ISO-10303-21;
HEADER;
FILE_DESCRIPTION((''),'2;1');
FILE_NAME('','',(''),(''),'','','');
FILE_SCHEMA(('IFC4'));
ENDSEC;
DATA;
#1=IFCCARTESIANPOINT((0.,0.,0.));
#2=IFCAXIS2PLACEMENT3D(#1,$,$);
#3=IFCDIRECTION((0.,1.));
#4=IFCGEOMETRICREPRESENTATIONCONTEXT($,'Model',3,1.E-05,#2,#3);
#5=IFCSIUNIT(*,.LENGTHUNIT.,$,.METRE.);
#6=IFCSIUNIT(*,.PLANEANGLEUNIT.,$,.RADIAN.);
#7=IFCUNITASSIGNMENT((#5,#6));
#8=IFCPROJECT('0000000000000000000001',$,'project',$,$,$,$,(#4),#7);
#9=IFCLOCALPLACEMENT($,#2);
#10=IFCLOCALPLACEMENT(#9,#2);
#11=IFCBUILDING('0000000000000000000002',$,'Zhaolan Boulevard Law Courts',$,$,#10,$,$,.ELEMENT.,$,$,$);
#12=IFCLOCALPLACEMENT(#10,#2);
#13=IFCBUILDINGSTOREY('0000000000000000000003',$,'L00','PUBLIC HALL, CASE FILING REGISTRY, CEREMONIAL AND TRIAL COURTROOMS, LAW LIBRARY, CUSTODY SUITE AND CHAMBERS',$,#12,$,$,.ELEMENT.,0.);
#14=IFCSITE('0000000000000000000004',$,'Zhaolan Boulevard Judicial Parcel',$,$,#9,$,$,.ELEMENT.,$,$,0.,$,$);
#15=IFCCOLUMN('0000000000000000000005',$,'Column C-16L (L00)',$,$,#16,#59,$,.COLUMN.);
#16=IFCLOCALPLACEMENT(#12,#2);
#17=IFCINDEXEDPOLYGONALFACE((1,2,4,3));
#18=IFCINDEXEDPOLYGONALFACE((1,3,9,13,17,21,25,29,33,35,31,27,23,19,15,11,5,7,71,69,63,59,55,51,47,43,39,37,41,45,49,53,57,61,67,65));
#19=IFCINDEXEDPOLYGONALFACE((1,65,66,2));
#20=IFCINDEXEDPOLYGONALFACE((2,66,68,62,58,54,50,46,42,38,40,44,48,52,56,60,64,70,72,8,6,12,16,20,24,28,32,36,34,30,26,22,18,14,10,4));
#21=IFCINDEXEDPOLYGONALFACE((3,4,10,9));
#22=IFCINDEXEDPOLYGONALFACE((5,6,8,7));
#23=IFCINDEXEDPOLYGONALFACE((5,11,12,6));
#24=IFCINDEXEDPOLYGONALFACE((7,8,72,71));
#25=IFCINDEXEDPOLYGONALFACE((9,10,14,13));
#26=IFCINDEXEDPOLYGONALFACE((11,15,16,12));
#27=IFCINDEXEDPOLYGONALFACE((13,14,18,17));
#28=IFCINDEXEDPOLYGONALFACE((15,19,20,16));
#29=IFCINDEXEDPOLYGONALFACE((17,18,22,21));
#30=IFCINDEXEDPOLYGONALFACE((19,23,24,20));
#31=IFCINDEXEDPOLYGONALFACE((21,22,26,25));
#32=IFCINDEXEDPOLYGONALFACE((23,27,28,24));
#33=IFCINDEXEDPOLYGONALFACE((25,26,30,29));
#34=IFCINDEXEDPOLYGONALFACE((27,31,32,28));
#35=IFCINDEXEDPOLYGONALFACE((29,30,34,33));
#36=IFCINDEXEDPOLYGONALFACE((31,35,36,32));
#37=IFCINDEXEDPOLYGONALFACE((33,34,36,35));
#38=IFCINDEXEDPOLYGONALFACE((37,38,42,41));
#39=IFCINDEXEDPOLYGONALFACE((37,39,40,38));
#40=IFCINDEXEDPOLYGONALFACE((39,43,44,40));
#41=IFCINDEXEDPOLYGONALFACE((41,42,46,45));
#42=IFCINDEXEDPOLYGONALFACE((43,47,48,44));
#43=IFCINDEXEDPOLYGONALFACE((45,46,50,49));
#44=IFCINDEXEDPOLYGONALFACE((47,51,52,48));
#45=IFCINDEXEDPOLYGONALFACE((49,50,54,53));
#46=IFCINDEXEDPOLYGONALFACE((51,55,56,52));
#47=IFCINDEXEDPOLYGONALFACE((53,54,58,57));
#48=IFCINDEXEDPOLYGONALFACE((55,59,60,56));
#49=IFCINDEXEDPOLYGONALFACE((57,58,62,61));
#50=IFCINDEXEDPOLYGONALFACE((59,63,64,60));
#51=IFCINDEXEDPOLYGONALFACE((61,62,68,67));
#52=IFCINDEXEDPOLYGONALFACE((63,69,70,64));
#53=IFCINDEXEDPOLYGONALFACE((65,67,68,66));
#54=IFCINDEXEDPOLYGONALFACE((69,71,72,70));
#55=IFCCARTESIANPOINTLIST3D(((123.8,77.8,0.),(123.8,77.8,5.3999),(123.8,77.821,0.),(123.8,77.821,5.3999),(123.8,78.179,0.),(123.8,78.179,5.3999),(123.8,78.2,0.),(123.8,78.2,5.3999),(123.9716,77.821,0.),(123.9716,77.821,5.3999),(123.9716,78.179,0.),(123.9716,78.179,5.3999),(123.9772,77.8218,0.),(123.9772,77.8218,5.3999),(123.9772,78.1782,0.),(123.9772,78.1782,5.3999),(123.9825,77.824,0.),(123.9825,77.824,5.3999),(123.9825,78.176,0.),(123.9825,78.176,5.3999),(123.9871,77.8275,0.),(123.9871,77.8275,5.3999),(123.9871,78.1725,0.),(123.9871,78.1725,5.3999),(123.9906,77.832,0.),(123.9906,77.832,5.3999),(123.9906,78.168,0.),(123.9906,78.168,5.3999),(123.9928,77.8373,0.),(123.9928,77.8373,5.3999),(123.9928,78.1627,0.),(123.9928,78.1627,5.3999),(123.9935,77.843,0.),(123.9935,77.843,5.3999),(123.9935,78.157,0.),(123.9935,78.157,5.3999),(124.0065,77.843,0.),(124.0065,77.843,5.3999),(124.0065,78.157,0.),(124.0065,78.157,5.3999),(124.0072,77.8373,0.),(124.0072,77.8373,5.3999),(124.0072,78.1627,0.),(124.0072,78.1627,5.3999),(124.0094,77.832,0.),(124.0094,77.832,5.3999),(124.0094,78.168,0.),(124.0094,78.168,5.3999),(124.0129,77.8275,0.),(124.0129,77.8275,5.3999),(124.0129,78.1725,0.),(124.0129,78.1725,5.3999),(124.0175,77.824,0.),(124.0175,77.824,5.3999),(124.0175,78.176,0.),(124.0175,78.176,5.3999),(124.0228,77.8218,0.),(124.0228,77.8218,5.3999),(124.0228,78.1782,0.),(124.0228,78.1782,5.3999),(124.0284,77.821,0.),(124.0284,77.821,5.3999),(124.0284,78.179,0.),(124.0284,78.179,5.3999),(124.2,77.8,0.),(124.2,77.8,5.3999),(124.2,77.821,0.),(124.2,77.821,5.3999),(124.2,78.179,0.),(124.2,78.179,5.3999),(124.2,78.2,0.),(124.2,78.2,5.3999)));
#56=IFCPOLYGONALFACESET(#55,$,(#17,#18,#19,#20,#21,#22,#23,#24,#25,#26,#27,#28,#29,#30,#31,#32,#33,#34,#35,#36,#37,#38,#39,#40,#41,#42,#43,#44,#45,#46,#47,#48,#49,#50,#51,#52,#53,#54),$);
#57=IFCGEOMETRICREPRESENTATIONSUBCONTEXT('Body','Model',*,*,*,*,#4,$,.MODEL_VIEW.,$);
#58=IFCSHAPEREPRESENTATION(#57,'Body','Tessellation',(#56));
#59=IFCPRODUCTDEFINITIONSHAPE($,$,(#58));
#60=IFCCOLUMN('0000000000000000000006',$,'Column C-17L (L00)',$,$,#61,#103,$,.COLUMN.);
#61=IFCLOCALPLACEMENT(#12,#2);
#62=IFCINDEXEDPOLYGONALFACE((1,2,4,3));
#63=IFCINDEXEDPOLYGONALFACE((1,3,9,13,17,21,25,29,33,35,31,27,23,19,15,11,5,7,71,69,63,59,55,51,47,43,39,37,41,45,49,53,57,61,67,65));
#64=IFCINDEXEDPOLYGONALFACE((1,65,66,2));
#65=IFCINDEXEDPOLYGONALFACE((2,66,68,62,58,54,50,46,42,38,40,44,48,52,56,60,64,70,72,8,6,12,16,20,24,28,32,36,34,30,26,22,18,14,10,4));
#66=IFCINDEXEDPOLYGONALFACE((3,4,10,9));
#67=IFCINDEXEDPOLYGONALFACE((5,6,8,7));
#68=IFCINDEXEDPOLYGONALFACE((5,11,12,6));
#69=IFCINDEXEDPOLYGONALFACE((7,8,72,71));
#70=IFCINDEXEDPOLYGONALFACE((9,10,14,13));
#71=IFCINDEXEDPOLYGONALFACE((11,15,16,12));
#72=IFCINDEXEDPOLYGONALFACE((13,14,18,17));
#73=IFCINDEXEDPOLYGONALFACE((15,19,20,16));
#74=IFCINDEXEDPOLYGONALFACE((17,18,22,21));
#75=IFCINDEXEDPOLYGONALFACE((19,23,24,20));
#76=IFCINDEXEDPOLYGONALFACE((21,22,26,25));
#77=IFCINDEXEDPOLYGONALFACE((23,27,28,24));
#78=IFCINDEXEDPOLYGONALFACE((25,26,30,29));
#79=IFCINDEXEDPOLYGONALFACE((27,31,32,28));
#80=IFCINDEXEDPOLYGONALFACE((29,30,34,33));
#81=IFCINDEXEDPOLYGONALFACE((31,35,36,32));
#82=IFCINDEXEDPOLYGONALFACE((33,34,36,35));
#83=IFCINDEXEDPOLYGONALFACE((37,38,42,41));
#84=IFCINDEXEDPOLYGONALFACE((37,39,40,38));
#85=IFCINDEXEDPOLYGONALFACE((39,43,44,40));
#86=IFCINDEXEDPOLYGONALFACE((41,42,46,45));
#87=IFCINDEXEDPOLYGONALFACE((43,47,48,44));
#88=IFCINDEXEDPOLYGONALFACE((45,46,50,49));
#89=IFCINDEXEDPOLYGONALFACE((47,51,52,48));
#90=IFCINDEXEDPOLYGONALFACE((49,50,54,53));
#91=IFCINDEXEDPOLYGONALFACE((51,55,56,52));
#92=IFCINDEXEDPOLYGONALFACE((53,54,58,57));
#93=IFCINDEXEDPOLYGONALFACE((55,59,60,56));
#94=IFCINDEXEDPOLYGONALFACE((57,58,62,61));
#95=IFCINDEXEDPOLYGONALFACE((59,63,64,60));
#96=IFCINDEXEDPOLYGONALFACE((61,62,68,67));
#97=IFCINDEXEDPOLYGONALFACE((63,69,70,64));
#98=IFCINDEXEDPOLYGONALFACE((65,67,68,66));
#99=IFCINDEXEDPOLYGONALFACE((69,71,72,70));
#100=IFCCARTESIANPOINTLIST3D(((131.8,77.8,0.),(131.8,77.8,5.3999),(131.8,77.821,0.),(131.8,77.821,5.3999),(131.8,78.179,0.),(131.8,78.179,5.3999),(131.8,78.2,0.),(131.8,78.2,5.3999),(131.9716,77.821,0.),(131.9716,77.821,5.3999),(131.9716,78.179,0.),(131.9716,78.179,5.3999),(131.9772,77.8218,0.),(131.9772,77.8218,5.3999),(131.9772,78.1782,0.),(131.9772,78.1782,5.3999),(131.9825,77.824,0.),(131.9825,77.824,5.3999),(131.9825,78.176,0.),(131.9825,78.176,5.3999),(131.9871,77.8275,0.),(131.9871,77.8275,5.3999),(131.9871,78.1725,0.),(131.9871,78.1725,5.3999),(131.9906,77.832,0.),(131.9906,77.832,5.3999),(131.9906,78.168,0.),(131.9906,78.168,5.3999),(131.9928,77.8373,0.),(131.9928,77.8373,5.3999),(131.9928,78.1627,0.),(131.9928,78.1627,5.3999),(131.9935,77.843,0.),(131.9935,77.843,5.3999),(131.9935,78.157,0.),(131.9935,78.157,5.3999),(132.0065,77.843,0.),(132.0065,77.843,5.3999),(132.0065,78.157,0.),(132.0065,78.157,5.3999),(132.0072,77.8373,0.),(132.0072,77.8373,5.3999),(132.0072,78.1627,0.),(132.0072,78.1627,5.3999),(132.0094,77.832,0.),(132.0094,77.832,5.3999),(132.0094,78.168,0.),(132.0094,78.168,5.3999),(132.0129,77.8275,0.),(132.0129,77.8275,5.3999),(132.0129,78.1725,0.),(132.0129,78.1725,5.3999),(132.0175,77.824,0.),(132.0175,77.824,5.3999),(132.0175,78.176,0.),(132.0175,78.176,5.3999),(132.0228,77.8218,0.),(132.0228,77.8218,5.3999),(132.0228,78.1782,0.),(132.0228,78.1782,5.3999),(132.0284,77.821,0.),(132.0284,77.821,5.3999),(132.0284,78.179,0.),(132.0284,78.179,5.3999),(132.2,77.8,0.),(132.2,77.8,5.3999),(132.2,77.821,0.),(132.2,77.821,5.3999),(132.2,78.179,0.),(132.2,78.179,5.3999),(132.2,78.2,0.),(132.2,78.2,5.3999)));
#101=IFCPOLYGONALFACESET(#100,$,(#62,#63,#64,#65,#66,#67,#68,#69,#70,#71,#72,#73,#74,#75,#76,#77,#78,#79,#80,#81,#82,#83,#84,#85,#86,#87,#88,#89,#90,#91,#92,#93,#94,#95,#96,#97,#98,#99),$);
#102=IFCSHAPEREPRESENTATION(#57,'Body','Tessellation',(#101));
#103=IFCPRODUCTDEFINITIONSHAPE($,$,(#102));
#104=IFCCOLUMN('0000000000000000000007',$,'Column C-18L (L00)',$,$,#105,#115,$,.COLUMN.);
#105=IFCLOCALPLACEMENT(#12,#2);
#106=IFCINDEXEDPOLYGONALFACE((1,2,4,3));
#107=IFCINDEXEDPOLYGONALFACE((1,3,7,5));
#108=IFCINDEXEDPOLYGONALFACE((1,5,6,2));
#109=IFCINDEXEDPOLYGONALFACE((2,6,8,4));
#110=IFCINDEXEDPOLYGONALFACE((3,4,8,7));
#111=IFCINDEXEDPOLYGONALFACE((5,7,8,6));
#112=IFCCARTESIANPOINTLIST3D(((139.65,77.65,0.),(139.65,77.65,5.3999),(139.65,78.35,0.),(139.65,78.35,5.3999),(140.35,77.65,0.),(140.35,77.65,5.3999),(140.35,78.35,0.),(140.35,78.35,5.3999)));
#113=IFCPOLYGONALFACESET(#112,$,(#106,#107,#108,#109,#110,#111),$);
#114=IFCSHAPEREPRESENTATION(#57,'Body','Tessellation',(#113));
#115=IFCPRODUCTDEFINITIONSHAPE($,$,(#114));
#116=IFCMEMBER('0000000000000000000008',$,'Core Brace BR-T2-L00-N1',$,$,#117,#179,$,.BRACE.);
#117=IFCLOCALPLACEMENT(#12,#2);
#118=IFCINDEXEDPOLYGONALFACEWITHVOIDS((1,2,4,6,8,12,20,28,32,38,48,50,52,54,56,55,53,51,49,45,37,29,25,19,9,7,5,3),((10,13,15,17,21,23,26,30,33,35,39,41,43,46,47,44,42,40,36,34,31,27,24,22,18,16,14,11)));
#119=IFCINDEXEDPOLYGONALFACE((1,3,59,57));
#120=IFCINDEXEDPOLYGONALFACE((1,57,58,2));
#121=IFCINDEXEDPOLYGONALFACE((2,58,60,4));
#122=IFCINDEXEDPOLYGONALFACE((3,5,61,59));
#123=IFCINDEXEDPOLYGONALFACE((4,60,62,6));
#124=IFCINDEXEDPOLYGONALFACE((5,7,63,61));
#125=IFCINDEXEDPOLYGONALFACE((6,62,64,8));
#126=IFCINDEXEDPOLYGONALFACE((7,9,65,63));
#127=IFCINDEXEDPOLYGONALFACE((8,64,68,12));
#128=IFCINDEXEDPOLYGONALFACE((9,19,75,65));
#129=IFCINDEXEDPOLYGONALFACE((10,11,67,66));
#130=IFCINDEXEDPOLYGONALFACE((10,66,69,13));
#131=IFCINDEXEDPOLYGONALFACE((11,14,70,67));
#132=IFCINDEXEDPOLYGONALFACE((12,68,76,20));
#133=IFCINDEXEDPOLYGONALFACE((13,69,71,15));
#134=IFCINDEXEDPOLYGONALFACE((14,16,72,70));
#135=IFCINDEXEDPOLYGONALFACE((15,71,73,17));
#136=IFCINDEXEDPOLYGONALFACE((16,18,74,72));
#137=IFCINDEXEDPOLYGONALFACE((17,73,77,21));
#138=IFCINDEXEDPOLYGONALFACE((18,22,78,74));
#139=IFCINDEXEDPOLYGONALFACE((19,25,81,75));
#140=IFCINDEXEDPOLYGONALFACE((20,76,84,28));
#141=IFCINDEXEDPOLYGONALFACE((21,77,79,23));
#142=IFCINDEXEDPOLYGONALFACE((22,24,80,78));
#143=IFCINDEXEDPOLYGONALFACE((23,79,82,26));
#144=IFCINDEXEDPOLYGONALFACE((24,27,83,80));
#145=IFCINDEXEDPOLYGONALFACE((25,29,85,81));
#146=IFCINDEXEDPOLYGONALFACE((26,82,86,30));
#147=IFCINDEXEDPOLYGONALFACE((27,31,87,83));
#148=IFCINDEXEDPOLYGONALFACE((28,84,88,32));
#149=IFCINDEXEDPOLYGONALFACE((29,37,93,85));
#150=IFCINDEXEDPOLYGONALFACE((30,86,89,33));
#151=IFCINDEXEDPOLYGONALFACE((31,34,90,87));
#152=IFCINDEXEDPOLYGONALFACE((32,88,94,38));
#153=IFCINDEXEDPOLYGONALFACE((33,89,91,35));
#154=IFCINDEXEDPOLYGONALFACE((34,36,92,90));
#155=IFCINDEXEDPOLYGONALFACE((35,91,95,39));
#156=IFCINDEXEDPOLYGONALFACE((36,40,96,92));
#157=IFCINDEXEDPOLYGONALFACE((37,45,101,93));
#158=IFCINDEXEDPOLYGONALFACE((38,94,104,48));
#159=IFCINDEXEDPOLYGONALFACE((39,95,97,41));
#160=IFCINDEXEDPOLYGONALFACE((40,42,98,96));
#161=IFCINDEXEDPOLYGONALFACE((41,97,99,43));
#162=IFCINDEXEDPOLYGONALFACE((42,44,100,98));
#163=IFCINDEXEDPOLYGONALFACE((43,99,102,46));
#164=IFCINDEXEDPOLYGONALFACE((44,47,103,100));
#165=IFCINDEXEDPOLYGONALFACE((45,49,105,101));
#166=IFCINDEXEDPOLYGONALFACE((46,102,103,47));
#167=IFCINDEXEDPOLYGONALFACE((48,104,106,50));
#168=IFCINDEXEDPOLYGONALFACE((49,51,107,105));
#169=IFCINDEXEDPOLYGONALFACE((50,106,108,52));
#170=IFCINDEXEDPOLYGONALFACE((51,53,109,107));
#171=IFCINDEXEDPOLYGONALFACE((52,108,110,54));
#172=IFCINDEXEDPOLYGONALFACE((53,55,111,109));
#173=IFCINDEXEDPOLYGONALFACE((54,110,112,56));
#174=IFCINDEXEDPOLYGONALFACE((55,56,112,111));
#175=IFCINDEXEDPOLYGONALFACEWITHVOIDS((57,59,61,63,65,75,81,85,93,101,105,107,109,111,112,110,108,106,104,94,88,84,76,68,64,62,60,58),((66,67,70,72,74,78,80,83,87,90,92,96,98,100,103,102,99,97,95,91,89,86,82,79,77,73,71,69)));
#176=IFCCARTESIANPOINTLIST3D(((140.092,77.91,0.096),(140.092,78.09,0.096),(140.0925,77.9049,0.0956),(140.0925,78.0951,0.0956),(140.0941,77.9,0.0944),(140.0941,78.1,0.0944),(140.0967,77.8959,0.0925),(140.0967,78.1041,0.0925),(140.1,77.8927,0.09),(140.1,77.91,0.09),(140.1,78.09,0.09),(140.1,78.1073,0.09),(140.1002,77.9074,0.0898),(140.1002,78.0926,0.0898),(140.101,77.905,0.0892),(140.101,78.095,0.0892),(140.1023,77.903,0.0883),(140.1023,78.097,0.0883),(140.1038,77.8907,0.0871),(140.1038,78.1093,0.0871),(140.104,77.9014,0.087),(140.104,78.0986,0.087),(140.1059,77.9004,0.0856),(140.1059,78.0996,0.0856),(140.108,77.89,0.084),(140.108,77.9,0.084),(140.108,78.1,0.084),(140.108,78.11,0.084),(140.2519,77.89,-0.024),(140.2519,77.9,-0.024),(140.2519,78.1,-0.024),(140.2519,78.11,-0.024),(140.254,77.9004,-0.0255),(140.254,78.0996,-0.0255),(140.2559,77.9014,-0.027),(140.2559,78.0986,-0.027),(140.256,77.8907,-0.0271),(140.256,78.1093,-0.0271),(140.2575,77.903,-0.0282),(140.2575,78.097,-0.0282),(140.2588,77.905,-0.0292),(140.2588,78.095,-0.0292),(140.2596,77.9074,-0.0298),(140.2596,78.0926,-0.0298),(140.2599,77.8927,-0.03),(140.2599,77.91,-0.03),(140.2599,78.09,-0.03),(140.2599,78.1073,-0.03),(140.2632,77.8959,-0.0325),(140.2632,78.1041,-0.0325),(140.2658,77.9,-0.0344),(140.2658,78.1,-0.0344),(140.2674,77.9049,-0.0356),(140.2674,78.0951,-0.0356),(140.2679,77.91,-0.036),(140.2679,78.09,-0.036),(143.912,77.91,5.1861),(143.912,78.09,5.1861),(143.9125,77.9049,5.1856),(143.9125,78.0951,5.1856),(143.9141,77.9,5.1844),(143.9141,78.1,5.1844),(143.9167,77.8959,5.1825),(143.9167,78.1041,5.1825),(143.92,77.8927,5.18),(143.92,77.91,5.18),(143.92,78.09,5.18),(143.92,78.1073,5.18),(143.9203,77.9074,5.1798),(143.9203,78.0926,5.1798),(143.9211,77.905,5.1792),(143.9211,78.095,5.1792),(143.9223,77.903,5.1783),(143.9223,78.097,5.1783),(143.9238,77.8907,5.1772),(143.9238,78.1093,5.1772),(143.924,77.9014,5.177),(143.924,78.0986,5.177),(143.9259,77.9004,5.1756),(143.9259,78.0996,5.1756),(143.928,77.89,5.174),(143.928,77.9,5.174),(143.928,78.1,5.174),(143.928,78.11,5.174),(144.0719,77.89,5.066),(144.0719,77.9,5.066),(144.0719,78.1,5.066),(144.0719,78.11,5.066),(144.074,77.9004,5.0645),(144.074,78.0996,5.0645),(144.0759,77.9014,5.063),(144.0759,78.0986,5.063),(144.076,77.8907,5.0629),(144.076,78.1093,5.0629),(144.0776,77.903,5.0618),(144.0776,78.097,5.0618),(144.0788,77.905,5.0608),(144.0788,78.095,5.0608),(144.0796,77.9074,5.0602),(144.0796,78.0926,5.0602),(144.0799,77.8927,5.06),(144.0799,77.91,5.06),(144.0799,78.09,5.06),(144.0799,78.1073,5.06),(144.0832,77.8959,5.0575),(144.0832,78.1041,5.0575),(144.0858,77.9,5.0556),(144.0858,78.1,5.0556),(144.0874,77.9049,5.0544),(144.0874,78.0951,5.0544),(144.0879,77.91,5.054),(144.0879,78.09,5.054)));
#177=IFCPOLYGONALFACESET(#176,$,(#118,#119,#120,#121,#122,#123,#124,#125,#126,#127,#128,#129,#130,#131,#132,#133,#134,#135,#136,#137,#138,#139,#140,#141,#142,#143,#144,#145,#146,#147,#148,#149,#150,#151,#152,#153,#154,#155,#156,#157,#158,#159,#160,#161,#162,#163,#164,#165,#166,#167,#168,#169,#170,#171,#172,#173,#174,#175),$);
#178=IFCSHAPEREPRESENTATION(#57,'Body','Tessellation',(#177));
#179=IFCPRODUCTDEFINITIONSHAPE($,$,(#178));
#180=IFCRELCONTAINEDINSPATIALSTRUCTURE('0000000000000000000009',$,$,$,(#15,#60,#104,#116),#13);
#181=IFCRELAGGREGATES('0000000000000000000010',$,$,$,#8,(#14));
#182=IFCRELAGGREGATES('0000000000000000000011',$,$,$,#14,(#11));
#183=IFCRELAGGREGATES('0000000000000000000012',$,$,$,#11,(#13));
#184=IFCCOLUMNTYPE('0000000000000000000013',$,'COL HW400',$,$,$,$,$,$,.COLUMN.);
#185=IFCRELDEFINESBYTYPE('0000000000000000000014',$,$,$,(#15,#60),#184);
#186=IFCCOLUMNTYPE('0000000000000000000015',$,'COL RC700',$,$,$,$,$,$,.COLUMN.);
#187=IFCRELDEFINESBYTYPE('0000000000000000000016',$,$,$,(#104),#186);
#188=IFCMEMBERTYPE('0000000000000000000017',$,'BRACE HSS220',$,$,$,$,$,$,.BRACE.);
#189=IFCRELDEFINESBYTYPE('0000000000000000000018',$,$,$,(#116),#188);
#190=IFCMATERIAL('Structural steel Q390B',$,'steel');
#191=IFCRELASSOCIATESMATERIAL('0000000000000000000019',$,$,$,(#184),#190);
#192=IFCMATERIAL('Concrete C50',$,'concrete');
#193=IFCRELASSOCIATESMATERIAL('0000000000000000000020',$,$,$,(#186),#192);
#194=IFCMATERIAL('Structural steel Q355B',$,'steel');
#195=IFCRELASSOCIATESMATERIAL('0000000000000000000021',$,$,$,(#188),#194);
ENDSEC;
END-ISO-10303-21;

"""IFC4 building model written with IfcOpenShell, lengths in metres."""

from ifc_helpers import new_model, si_unit, direction, frame, origin, origin_2d, place, context, subcontext, project, spatial, rectangle, hollow_rectangle, i_section, extrude, material, material_profile, profile_set, type_object, element, save


model = new_model("IFC4")

# Units and contexts
model_context = context("Model", 3, precision=1e-05, world=origin(), true_north=direction((0.0, 1.0)))
body_context = subcontext(model_context, "Body", "Model", "MODEL_VIEW")
ifc_project = project(units=[si_unit("LENGTHUNIT", "METRE"), si_unit("PLANEANGLEUNIT", "RADIAN")], contexts=[model_context])

# Site, building, storey
site_placement = place(None, origin())
site = spatial("IfcSite", under=ifc_project, at=site_placement, Name="Zhaolan Boulevard Judicial Parcel", CompositionType="ELEMENT", RefElevation=0.0)
building_placement = place(site_placement, origin())
building = spatial("IfcBuilding", under=site, at=building_placement, Name="Zhaolan Boulevard Law Courts", CompositionType="ELEMENT")
storey_placement = place(building_placement, origin())
storey = spatial("IfcBuildingStorey", under=building, at=storey_placement, Name="L00", Description="PUBLIC HALL, CASE FILING REGISTRY, CEREMONIAL AND TRIAL COURTROOMS, LAW LIBRARY, CUSTODY SUITE AND CHAMBERS", CompositionType="ELEMENT", Elevation=0.0)

# Columns
ifc_material_1 = material(Name="Structural steel Q390B", Category="steel")
ifc_material_profile_1 = material_profile(ifc_material_1, i_section(OverallWidth=0.3999, OverallDepth=0.3999, WebThickness=0.0129, FlangeThickness=0.021, FilletRadius=0.022, at=origin_2d()), Name="HW400x400")
ifc_profile_set_1 = profile_set([ifc_material_profile_1], Name="Structural steel Q390B")
column_type_1 = type_object("IfcColumnType", Name="COL HW400", PredefinedType="COLUMN", material=ifc_profile_set_1)
for number, where, z_axis, x_axis, name in (
    (1, (124.0, 78.0, 0.0), (0.0, 0.0, 1.0), (1.0, 0.0, 0.0), "Column C-16L (L00)"),
    (2, (132.0, 78.0, 0.0), (0.0, 0.0, 1.0), (1.0, 0.0, 0.0), "Column C-17L (L00)"),
):
    element("IfcColumn", number, at=place(storey_placement, frame(where, z_axis=z_axis, x_axis=x_axis)), inside=storey, type_object=column_type_1, Name=name, PredefinedType="COLUMN", context=body_context, shape_type="SweptSolid", body=[
        extrude(i_section(OverallWidth=0.3999, OverallDepth=0.3999, WebThickness=0.0129, FlangeThickness=0.021, FilletRadius=0.022, at=origin_2d()), origin(), (0.0, 0.0, 1.0), 5.3999),
    ])
ifc_material_2 = material(Name="Concrete C50", Category="concrete")
ifc_material_profile_2 = material_profile(ifc_material_2, rectangle(XDim=0.7, YDim=0.7, at=origin_2d()), Name="RC700x700")
ifc_profile_set_2 = profile_set([ifc_material_profile_2], Name="Concrete C50")
column_type_2 = type_object("IfcColumnType", Name="COL RC700", PredefinedType="COLUMN", material=ifc_profile_set_2)
column_placement = place(storey_placement, frame((140.0, 78.0, 0.0), z_axis=(0.0, 0.0, 1.0), x_axis=(1.0, 0.0, 0.0)))
element("IfcColumn", 3, at=column_placement, inside=storey, type_object=column_type_2, Name="Column C-18L (L00)", PredefinedType="COLUMN", context=body_context, shape_type="SweptSolid", body=[
    extrude(rectangle(XDim=0.7, YDim=0.7, at=origin_2d()), origin(), (0.0, 0.0, 1.0), 5.3999),
])

# Member
ifc_material_3 = material(Name="Structural steel Q355B", Category="steel")
ifc_material_profile_3 = material_profile(ifc_material_3, hollow_rectangle(XDim=0.22, YDim=0.22, WallThickness=0.01, InnerFilletRadius=0.01, OuterFilletRadius=0.02, at=origin_2d()), Name="HSS220x220x10")
ifc_profile_set_3 = profile_set([ifc_material_profile_3], Name="Structural steel Q355B")
member_type = type_object("IfcMemberType", Name="BRACE HSS220", PredefinedType="BRACE", material=ifc_profile_set_3)
member_placement = place(storey_placement, frame((140.1799, 78.0, 0.03), z_axis=(0.600252, 0.0, 0.799811), x_axis=(0.0, 1.0, 0.0)))
element("IfcMember", 4, at=member_placement, inside=storey, type_object=member_type, Name="Core Brace BR-T2-L00-N1", PredefinedType="BRACE", context=body_context, shape_type="SweptSolid", body=[
    extrude(hollow_rectangle(XDim=0.22, YDim=0.22, WallThickness=0.01, InnerFilletRadius=0.01, OuterFilletRadius=0.02, at=origin_2d()), origin(), (0.0, 0.0, 1.0), 6.364),
])

save(model, "model.ifc")
